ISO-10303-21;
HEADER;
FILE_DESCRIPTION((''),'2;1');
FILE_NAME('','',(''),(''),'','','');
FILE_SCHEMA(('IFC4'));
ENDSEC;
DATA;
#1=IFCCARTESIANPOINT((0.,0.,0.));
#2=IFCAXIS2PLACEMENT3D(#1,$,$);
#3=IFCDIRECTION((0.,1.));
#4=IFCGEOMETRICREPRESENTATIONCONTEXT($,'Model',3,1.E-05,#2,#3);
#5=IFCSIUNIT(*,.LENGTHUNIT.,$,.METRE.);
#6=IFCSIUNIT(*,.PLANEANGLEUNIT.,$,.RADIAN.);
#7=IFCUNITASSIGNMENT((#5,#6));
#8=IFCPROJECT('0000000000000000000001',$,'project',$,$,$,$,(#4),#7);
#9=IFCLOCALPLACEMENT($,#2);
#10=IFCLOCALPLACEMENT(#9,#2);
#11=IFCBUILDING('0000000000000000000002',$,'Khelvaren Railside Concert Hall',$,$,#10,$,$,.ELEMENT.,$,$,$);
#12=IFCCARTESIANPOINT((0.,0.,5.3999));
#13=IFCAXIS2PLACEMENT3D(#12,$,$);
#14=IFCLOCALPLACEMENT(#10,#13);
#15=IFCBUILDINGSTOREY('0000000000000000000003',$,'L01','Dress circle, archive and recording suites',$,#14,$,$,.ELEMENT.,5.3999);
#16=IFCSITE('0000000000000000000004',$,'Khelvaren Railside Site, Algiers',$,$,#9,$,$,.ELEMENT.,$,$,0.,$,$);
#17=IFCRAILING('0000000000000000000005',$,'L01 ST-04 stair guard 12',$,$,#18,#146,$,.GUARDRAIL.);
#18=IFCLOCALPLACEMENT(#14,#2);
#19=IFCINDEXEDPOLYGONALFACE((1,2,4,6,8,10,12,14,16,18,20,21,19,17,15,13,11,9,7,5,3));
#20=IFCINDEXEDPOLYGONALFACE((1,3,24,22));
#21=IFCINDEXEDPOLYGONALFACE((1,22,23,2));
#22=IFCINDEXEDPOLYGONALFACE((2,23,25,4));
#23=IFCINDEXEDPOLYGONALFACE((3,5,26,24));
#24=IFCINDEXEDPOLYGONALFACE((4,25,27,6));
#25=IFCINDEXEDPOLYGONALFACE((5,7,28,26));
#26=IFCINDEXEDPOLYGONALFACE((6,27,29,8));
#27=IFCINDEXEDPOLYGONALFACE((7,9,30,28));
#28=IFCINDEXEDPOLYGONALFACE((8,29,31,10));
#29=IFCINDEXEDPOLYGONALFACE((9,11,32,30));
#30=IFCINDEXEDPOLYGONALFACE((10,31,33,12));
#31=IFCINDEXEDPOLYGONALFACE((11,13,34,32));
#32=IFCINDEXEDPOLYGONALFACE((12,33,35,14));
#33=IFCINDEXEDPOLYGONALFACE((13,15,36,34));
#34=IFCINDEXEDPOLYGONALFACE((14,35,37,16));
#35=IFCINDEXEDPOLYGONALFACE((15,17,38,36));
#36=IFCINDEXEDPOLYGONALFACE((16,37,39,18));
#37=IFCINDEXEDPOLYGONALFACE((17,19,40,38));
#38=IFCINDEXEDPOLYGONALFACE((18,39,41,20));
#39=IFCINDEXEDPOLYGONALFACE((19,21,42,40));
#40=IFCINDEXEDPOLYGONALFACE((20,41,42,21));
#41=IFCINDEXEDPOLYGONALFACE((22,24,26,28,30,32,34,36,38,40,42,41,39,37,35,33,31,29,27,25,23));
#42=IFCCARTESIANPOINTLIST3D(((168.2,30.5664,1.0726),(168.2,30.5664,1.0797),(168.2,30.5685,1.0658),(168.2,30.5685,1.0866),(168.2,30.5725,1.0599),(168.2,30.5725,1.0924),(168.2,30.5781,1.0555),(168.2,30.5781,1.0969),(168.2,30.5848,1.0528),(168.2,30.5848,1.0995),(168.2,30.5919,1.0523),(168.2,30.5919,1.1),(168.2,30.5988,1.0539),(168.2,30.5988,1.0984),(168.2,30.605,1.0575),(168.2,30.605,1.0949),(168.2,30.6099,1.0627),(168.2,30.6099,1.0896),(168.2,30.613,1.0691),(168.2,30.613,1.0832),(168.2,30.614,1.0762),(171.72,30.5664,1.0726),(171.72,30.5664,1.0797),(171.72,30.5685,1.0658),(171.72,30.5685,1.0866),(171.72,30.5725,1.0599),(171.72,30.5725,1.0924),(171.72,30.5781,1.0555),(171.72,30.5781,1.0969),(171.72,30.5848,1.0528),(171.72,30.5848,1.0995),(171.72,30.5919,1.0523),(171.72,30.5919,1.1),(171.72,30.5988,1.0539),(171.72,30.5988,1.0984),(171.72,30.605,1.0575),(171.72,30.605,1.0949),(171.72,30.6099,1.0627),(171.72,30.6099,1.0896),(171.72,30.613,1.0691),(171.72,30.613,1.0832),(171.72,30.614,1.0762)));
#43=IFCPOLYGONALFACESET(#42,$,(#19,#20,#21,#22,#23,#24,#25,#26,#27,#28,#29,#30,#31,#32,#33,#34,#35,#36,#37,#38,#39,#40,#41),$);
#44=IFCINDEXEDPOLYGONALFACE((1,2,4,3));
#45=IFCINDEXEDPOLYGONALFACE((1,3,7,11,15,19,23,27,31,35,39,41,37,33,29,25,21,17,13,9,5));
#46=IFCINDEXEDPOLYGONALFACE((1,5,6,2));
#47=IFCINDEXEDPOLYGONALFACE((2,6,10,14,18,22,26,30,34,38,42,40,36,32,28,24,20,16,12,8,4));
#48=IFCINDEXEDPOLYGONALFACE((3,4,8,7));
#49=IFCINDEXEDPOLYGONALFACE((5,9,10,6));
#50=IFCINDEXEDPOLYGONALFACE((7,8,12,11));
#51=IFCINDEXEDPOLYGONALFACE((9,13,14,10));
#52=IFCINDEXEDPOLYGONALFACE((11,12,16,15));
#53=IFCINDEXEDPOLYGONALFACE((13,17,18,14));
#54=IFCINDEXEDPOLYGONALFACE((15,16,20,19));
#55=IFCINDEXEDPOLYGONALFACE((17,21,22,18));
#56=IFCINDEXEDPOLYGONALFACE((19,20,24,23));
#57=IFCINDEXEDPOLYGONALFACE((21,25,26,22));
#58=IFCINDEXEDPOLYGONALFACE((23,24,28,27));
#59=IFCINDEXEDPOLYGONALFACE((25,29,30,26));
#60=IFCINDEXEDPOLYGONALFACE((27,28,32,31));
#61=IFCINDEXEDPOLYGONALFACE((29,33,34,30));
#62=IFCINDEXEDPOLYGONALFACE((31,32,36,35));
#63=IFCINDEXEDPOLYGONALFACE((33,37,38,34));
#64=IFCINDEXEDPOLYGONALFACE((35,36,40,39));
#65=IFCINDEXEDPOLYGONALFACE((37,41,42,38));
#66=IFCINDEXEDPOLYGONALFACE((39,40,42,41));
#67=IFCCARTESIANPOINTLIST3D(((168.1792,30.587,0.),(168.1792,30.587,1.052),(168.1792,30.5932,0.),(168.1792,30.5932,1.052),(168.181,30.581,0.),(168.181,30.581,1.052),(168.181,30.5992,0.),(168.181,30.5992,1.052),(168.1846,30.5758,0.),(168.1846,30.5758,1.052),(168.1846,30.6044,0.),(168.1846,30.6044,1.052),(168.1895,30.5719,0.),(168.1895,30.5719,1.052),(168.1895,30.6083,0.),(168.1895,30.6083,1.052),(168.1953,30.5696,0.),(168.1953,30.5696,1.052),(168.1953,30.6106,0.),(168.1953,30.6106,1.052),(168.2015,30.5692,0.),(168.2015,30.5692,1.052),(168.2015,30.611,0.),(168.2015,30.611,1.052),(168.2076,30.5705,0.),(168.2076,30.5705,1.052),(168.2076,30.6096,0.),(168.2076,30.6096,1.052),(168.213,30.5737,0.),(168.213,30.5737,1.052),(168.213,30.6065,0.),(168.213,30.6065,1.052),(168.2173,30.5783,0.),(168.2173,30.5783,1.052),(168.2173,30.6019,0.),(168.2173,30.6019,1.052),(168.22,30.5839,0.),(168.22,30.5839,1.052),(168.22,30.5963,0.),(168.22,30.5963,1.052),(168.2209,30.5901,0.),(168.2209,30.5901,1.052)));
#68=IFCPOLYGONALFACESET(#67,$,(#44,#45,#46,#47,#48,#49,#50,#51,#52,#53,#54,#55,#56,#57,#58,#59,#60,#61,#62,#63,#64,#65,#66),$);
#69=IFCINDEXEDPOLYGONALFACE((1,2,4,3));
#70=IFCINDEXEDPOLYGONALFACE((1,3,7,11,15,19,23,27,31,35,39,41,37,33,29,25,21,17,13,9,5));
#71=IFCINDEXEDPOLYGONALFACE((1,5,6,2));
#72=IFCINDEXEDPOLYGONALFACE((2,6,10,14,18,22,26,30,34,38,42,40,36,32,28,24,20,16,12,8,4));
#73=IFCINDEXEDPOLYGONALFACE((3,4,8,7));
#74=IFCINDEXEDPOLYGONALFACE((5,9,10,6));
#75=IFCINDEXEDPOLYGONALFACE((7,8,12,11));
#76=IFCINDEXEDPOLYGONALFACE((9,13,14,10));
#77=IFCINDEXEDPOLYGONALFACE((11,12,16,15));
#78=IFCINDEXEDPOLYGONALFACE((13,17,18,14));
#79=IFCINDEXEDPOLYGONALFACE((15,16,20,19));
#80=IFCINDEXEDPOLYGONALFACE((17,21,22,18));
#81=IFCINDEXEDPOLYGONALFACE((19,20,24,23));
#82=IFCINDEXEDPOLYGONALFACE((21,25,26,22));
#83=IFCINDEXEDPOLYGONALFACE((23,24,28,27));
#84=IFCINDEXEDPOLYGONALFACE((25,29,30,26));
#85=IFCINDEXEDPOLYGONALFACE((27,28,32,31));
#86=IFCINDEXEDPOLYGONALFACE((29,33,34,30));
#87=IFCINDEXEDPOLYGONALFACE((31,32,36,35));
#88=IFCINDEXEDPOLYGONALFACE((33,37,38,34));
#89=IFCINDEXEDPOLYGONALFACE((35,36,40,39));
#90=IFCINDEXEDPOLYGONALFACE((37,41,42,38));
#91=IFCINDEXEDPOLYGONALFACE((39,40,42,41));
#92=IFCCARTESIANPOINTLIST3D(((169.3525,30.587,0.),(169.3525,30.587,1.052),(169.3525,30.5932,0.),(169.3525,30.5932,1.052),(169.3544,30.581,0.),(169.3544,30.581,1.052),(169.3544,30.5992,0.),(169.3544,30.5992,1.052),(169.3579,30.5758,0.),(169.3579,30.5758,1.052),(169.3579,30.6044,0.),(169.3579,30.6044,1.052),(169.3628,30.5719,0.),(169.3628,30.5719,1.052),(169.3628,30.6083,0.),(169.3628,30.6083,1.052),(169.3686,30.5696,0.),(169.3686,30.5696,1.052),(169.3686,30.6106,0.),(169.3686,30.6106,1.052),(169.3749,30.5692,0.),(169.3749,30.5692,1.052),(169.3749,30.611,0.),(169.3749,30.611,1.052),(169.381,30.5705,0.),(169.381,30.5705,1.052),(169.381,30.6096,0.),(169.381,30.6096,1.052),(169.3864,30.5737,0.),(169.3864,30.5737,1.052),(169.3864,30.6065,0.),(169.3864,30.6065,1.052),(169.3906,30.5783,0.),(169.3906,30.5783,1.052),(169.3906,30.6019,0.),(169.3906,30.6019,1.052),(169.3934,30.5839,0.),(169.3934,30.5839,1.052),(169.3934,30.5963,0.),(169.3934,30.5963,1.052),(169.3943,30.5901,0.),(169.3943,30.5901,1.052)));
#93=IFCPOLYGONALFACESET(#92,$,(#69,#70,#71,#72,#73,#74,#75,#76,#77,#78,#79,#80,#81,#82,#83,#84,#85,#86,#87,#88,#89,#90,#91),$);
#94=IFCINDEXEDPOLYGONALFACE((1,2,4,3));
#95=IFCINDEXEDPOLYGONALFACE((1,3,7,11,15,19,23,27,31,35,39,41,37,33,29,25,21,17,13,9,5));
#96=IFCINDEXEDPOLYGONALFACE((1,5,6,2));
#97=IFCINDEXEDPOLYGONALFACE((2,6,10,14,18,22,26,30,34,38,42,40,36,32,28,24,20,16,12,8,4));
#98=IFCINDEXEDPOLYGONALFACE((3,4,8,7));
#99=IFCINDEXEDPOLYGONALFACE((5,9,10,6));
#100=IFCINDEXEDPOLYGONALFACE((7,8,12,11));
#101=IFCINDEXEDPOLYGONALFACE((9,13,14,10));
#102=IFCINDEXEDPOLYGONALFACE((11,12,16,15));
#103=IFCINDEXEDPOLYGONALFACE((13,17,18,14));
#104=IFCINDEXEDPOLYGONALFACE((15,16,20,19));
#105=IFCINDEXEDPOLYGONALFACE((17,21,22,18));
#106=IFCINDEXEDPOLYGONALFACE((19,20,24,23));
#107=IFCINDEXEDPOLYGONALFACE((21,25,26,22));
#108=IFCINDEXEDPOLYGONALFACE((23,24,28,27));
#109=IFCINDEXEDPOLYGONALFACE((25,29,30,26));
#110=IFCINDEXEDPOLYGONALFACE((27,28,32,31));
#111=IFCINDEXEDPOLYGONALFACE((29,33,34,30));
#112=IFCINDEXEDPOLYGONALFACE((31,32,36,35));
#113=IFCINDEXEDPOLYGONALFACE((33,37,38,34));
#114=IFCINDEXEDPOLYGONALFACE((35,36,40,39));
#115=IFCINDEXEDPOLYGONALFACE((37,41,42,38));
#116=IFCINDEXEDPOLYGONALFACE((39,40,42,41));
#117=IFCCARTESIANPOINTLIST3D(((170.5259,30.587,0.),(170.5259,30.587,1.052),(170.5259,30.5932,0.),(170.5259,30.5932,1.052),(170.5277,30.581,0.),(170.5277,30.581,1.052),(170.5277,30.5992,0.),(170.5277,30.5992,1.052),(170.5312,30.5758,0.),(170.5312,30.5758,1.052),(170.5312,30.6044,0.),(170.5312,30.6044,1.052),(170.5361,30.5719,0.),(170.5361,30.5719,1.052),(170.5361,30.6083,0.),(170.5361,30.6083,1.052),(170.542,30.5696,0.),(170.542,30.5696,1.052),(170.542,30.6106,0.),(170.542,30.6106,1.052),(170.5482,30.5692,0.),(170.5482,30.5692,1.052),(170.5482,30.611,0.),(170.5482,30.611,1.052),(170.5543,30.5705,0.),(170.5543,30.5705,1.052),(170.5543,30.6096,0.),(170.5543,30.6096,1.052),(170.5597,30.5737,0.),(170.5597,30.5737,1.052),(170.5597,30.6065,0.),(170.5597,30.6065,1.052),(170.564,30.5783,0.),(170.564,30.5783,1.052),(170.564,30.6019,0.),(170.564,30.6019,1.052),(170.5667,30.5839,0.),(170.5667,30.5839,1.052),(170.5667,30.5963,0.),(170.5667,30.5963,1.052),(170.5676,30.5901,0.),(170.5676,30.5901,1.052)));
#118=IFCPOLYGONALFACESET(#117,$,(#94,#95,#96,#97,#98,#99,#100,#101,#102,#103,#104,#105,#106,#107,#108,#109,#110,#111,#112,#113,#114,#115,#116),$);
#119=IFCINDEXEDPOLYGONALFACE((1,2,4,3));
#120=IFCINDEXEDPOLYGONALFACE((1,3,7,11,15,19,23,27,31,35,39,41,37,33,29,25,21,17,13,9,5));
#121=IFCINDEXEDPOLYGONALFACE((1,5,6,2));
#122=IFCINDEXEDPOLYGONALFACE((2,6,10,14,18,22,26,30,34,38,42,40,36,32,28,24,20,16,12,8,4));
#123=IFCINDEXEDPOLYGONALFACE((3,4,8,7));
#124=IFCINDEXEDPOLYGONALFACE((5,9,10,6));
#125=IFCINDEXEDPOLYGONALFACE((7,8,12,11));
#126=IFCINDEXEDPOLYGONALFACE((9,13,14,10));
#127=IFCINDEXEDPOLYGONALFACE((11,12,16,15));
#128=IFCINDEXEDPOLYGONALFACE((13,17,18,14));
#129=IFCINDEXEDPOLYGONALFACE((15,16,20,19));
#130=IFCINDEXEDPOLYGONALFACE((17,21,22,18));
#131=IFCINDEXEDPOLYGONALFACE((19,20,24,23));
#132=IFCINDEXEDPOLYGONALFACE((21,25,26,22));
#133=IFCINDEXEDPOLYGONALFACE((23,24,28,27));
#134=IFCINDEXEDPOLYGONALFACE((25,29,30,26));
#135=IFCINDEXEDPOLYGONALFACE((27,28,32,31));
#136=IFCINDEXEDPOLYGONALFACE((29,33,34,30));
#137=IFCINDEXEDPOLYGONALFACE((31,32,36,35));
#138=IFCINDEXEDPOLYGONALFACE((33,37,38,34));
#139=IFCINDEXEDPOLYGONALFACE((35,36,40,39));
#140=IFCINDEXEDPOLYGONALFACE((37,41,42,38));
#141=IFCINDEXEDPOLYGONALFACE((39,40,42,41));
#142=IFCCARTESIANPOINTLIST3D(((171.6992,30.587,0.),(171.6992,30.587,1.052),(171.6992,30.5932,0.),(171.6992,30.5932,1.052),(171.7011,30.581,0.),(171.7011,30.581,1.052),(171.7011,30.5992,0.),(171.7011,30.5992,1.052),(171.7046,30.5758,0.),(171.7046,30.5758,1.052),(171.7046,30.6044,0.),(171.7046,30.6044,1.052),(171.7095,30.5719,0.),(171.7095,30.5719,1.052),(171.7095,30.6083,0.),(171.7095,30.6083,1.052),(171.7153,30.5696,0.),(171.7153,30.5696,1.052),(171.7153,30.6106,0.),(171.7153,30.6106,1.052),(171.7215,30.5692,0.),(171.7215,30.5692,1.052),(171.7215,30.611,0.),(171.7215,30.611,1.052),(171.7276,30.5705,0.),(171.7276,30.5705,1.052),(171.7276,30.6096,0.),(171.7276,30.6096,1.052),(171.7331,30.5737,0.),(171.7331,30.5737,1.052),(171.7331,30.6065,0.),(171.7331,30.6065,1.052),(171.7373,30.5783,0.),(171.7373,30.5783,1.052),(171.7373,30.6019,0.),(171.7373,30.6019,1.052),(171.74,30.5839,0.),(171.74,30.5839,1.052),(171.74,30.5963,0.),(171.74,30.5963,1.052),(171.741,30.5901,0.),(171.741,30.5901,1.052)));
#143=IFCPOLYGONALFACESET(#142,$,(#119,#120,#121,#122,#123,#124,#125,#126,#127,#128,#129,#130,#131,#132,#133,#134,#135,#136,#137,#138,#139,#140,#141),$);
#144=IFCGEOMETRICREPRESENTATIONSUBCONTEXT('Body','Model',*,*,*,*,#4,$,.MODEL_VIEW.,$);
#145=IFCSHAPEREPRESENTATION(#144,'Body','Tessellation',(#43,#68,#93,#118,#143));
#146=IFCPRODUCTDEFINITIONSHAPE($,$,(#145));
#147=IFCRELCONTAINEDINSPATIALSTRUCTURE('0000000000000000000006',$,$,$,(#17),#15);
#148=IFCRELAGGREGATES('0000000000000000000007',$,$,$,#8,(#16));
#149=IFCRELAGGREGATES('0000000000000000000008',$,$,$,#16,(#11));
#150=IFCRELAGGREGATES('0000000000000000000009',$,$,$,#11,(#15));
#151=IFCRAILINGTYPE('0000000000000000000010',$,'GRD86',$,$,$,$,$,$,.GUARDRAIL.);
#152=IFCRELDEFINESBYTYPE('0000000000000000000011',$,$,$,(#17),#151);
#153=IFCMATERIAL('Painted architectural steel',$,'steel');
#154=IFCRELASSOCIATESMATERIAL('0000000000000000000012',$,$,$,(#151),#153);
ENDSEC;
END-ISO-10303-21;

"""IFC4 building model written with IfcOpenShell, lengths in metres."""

from ifc_helpers import new_model, si_unit, direction, frame, origin, origin_2d, place, context, subcontext, project, spatial, circle, extrude, material, type_object, element, save


model = new_model("IFC4")

# Units and contexts
model_context = context("Model", 3, precision=1e-05, world=origin(), true_north=direction((0.0, 1.0)))
body_context = subcontext(model_context, "Body", "Model", "MODEL_VIEW")
ifc_project = project(units=[si_unit("LENGTHUNIT", "METRE"), si_unit("PLANEANGLEUNIT", "RADIAN")], contexts=[model_context])

# Site, building, storey
site_placement = place(None, origin())
site = spatial("IfcSite", under=ifc_project, at=site_placement, Name="Khelvaren Railside Site, Algiers", CompositionType="ELEMENT", RefElevation=0.0)
building_placement = place(site_placement, origin())
building = spatial("IfcBuilding", under=site, at=building_placement, Name="Khelvaren Railside Concert Hall", CompositionType="ELEMENT")
storey_placement = place(building_placement, frame((0.0, 0.0, 5.3999)))
storey = spatial("IfcBuildingStorey", under=building, at=storey_placement, Name="L01", Description="Dress circle, archive and recording suites", CompositionType="ELEMENT", Elevation=5.3999)

# Railing
ifc_material_1 = material(Name="Painted architectural steel", Category="steel")
railing_type = type_object("IfcRailingType", Name="GRD86", PredefinedType="GUARDRAIL", material=ifc_material_1)
railing_1_placement = place(storey_placement, frame((168.2, 30.5901, 0.0)))
element("IfcRailing", 1, at=railing_1_placement, inside=storey, type_object=railing_type, Name="L01 ST-04 stair guard 12", PredefinedType="GUARDRAIL", context=body_context, shape_type="SweptSolid", body=[
    extrude(circle(Radius=0.0239, at=origin_2d()), frame((0.0, 0.0, 1.0762), z_axis=(1.0, 0.0, 0.0), x_axis=(0.0, 1.0, 0.0)), (0.0, 0.0, 1.0), 3.52),
    extrude(circle(Radius=0.021, at=origin_2d()), origin(), (0.0, 0.0, 1.0), 1.052),
    extrude(circle(Radius=0.021, at=origin_2d()), frame((1.1733, 0.0, 0.0)), (0.0, 0.0, 1.0), 1.052),
    extrude(circle(Radius=0.021, at=origin_2d()), frame((2.3467, 0.0, 0.0)), (0.0, 0.0, 1.0), 1.052),
    extrude(circle(Radius=0.021, at=origin_2d()), frame((3.52, 0.0, 0.0)), (0.0, 0.0, 1.0), 1.052),
])

save(model, "model.ifc")
